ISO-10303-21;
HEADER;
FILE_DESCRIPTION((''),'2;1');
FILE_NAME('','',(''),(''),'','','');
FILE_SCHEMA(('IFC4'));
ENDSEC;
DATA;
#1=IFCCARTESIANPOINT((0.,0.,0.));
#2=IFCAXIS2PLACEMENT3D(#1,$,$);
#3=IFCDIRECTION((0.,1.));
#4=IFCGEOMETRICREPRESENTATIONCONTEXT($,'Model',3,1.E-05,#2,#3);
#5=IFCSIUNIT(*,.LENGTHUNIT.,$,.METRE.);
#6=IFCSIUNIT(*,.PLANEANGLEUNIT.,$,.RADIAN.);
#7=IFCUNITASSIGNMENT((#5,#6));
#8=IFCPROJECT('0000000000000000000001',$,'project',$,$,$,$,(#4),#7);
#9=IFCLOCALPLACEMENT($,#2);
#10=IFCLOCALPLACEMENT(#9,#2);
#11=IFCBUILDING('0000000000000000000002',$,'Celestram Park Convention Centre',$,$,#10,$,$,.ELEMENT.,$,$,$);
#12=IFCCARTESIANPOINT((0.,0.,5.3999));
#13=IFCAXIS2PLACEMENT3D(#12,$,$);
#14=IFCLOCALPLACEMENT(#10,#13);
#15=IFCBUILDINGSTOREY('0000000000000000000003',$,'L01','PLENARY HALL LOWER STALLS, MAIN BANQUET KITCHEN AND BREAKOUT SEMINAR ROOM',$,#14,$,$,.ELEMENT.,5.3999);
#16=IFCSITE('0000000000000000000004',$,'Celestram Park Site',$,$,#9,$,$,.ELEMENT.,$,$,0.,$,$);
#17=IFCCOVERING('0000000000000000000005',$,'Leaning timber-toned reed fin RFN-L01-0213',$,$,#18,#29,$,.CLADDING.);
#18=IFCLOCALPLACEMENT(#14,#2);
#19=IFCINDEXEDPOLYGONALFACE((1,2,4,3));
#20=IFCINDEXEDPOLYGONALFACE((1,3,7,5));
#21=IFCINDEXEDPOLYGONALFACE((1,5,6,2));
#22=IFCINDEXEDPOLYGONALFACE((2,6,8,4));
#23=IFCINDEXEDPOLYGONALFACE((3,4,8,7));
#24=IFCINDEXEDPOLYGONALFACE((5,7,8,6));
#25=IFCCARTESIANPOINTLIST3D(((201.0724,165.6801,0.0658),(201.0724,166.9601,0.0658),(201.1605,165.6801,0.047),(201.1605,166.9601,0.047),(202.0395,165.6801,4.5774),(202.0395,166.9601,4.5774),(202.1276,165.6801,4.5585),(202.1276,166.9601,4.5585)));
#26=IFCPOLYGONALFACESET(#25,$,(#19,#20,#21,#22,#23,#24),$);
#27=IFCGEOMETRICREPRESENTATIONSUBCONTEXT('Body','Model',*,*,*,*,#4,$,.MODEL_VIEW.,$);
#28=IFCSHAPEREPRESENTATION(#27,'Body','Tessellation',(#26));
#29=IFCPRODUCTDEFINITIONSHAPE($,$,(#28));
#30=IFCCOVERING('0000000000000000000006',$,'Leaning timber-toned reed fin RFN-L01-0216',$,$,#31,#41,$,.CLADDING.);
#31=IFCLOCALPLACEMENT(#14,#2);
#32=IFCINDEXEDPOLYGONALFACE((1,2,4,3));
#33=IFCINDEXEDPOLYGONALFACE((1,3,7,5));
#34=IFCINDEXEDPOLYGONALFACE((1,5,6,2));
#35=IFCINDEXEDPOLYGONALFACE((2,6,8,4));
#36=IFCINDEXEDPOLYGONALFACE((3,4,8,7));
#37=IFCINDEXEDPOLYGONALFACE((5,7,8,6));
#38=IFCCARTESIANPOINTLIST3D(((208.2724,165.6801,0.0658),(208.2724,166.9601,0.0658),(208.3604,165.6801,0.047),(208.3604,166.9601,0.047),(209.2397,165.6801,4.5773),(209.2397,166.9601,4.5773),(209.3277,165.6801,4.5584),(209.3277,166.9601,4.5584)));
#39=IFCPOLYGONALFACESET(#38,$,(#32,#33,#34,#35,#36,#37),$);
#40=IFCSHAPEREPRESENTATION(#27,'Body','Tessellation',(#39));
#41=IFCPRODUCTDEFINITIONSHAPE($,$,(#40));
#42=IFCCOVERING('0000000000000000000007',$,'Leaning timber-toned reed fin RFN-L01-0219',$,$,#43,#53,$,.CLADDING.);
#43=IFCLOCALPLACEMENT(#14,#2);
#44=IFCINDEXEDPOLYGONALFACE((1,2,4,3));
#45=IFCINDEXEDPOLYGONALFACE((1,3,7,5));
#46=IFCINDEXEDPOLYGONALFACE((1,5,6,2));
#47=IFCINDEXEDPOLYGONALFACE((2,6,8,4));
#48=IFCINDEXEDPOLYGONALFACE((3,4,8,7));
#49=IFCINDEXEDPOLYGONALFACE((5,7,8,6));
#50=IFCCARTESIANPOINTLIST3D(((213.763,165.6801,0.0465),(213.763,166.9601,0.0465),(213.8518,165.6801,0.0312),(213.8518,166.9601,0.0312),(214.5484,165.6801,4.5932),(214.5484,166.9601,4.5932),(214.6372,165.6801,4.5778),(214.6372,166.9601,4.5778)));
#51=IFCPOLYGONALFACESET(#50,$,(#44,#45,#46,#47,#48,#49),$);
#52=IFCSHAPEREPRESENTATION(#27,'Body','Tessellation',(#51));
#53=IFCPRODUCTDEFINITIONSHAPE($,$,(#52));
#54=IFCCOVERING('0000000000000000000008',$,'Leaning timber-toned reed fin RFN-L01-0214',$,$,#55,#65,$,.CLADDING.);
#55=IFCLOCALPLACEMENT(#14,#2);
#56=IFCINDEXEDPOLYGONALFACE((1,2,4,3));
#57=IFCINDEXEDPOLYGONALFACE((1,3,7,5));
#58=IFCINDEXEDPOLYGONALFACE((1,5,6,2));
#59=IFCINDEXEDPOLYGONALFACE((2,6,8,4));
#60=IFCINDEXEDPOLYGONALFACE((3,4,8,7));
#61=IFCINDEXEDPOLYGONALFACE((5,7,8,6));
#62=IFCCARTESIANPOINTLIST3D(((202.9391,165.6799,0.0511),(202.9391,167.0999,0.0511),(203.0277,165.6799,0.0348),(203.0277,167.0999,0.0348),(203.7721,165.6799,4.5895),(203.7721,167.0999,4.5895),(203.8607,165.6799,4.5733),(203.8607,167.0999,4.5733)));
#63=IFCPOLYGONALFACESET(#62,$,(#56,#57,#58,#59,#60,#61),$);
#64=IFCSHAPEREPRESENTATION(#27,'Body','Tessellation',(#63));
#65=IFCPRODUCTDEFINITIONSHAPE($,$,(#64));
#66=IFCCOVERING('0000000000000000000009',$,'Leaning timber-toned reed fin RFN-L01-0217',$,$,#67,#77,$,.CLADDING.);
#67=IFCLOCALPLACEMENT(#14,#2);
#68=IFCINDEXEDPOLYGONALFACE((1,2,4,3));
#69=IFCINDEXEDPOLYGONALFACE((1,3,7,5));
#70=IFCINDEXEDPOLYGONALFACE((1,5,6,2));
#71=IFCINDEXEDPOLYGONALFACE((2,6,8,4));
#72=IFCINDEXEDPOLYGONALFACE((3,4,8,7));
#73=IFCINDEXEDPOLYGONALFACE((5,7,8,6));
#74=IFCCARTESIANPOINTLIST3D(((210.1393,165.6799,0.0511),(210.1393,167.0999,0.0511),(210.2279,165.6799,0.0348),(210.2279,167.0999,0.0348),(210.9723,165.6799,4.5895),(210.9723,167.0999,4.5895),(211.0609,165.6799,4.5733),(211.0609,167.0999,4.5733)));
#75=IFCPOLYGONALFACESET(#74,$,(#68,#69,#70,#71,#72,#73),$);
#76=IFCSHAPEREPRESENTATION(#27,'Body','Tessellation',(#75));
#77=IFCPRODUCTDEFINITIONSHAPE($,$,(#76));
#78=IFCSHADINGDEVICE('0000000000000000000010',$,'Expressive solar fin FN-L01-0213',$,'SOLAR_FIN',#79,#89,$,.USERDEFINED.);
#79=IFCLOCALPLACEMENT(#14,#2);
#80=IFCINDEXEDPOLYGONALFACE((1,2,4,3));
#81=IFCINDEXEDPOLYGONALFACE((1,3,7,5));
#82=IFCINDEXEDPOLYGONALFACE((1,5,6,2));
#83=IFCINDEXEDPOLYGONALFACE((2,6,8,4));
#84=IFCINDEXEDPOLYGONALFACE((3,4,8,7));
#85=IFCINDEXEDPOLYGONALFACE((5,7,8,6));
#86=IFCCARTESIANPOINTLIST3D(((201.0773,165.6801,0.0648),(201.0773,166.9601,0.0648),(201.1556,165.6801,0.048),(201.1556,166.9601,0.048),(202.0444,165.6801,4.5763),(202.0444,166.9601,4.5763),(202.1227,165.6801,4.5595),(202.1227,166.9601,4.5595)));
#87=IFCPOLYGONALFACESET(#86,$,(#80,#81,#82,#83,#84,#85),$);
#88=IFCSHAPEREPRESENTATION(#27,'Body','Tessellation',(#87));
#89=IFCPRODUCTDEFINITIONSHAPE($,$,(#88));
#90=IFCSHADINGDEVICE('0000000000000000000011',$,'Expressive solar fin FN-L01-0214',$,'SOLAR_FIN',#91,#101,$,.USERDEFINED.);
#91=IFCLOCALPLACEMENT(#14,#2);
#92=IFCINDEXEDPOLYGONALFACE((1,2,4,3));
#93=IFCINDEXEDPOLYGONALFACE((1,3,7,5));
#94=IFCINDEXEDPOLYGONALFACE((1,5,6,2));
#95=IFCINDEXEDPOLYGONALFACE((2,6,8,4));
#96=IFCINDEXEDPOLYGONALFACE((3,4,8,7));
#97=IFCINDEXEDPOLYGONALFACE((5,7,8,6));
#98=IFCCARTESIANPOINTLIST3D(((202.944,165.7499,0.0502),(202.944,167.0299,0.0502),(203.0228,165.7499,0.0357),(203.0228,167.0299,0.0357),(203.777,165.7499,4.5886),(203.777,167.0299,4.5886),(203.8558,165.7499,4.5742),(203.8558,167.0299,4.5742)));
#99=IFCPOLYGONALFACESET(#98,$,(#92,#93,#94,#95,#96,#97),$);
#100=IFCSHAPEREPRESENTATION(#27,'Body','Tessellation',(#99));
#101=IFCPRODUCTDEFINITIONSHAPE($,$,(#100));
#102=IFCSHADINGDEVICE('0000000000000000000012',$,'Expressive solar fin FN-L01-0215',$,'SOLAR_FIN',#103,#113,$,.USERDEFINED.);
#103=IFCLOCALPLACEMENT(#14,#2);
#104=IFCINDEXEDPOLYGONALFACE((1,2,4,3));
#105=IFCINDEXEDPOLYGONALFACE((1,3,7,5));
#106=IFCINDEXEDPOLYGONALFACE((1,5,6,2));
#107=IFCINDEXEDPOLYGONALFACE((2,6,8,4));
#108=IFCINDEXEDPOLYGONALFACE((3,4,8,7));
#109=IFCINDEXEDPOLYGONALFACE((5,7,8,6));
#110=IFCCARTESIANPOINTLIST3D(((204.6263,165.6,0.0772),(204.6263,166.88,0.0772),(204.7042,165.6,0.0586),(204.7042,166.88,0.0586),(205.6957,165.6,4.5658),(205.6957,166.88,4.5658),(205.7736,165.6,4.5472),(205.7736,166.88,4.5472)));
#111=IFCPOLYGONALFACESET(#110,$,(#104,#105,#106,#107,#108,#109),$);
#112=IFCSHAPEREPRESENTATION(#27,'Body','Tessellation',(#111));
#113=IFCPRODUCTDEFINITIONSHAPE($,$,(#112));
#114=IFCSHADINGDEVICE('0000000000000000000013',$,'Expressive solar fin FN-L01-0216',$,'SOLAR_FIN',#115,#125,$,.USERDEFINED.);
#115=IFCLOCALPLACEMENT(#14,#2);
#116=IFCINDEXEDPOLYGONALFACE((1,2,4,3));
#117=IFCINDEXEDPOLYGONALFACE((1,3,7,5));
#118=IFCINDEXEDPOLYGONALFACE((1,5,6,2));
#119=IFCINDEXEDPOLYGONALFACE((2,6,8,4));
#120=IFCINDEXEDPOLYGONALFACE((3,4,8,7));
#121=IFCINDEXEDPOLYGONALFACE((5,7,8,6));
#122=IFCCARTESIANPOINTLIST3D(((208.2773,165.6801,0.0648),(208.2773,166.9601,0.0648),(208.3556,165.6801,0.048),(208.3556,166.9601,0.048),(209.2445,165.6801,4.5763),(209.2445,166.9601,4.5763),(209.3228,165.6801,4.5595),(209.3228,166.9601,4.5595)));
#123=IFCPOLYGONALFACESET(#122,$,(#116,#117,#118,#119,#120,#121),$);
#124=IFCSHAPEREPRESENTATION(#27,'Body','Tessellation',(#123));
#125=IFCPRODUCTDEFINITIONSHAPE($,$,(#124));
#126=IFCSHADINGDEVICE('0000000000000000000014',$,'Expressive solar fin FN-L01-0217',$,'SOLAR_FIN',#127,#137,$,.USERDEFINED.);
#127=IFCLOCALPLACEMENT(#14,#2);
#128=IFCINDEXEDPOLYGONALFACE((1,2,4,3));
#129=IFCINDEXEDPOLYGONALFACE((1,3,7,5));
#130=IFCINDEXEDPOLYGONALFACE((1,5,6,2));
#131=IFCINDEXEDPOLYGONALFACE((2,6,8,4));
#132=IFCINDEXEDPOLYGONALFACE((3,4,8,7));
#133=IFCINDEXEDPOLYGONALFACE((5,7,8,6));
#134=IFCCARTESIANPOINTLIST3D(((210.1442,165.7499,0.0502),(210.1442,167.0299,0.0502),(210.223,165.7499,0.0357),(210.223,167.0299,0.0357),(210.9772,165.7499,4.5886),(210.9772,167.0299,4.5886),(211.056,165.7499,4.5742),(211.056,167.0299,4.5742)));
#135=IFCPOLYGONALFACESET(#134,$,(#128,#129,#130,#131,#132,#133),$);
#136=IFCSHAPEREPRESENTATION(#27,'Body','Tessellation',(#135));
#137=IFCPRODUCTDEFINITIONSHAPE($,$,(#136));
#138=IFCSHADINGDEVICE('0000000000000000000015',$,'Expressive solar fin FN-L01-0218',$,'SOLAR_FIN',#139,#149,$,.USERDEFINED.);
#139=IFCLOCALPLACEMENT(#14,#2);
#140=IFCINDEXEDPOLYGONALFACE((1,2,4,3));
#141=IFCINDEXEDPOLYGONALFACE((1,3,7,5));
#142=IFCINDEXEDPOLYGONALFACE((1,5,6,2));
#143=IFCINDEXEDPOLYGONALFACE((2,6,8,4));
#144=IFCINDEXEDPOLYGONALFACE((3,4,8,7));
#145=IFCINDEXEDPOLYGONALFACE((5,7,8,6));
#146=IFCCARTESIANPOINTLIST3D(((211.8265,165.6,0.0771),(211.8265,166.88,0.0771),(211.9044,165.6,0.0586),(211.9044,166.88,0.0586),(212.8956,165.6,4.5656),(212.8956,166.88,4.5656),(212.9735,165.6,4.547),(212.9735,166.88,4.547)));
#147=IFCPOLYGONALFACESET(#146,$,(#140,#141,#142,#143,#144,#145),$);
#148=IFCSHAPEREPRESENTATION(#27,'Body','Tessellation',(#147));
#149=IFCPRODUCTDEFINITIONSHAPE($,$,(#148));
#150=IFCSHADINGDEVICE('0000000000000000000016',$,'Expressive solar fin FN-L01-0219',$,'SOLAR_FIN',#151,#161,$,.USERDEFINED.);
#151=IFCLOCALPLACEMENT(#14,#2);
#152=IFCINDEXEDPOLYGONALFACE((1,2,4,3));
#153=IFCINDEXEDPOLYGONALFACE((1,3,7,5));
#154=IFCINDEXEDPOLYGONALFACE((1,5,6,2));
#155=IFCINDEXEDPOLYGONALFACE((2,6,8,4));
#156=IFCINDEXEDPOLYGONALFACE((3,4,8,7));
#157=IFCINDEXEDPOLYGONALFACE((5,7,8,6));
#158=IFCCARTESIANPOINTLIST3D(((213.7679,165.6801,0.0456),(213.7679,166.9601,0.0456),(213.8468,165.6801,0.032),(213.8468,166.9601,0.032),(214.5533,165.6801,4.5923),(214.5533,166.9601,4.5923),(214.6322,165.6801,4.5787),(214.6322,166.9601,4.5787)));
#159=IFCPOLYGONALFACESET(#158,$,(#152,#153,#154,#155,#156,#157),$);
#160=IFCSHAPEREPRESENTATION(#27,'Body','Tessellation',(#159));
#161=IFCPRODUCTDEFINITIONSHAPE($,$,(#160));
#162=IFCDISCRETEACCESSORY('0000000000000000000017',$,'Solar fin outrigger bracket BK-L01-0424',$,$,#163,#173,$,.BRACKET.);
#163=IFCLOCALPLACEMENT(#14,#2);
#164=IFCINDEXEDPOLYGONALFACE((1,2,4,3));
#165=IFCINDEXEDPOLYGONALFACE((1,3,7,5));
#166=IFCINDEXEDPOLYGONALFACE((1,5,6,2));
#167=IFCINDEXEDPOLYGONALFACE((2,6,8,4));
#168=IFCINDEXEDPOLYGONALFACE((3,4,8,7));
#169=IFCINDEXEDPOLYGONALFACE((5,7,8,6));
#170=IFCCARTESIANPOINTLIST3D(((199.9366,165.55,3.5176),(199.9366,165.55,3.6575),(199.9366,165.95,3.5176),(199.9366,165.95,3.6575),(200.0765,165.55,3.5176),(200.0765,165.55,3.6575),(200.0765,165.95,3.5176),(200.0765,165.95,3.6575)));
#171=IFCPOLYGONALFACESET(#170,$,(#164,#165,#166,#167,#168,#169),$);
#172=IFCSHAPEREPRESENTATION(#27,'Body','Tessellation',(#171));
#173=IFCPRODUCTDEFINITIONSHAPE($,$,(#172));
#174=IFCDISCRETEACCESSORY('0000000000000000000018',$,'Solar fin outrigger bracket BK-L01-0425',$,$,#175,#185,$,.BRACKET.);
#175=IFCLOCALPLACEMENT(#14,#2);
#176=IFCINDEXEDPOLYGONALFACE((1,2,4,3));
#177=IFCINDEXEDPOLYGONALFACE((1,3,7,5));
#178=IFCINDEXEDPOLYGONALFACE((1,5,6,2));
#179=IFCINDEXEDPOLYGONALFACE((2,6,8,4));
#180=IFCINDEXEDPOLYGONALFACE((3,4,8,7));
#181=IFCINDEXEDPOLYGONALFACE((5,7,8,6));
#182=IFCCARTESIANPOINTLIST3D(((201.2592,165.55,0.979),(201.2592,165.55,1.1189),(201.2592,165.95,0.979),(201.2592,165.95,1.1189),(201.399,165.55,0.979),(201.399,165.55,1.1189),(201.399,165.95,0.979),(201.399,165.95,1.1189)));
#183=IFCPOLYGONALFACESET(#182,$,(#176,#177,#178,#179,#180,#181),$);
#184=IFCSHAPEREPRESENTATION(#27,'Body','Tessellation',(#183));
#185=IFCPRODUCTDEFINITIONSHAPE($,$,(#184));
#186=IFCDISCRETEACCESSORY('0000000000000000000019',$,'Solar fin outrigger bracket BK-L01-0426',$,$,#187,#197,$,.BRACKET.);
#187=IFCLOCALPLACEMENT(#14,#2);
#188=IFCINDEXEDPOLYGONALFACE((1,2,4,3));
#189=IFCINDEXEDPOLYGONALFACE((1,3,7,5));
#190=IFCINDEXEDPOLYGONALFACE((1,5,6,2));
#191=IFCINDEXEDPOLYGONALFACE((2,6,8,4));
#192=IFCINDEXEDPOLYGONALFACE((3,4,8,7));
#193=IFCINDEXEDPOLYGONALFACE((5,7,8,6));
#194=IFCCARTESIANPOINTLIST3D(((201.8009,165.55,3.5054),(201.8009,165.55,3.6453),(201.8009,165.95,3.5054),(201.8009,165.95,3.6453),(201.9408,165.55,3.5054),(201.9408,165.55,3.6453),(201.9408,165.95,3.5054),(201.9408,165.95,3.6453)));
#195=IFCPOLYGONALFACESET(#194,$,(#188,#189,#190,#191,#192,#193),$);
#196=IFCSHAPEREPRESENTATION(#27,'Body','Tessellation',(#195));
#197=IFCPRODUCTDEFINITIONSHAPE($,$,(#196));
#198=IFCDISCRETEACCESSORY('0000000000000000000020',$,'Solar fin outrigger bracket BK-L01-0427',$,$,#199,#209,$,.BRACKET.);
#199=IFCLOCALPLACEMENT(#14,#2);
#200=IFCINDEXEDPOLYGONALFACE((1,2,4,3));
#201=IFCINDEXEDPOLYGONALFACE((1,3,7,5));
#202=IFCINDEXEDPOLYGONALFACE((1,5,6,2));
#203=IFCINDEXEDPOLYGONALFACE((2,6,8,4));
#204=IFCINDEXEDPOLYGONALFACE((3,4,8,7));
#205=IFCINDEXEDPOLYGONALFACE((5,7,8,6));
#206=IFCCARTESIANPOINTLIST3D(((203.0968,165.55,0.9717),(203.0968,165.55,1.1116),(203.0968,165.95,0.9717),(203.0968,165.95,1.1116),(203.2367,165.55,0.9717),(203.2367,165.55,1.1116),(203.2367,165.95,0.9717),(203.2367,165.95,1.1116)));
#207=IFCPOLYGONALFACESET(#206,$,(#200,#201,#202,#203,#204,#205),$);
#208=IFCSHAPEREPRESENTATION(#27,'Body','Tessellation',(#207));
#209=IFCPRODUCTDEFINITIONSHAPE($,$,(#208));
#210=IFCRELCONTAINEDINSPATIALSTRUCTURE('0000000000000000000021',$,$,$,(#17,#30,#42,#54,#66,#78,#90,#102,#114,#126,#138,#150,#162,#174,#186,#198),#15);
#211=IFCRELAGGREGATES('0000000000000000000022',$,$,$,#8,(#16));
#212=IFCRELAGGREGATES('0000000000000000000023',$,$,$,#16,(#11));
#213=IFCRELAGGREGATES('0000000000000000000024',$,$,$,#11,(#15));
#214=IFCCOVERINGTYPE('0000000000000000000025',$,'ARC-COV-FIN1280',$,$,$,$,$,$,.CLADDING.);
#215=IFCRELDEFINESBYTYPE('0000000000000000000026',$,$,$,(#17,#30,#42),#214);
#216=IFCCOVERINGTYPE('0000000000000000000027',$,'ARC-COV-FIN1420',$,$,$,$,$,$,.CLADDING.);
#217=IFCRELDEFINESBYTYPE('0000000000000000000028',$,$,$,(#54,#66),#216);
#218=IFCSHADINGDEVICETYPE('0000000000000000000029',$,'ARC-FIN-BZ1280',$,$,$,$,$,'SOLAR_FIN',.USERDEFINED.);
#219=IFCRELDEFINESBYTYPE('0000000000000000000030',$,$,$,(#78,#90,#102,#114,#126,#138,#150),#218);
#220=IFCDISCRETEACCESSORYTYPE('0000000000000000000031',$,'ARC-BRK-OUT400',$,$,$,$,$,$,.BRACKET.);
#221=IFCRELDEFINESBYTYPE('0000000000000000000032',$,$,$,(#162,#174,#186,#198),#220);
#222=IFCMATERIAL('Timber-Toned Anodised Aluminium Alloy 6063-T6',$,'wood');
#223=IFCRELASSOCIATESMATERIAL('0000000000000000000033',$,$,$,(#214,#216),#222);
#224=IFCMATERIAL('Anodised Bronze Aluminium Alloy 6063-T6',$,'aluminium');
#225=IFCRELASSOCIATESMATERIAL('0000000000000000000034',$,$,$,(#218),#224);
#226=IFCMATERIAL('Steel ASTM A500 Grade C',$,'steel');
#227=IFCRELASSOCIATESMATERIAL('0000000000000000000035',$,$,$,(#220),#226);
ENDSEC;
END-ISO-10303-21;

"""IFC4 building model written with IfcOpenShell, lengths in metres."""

from ifc_helpers import new_model, si_unit, direction, frame, origin, origin_2d, place, context, subcontext, project, spatial, rectangle, extrude, material, material_profile, profile_set, type_object, element, save


model = new_model("IFC4")

# Units and contexts
model_context = context("Model", 3, precision=1e-05, world=origin(), true_north=direction((0.0, 1.0)))
body_context = subcontext(model_context, "Body", "Model", "MODEL_VIEW")
ifc_project = project(units=[si_unit("LENGTHUNIT", "METRE"), si_unit("PLANEANGLEUNIT", "RADIAN")], contexts=[model_context])

# Site, building, storey
site_placement = place(None, origin())
site = spatial("IfcSite", under=ifc_project, at=site_placement, Name="Celestram Park Site", CompositionType="ELEMENT", RefElevation=0.0)
building_placement = place(site_placement, origin())
building = spatial("IfcBuilding", under=site, at=building_placement, Name="Celestram Park Convention Centre", CompositionType="ELEMENT")
storey_placement = place(building_placement, frame((0.0, 0.0, 5.3999)))
storey = spatial("IfcBuildingStorey", under=building, at=storey_placement, Name="L01", Description="PLENARY HALL LOWER STALLS, MAIN BANQUET KITCHEN AND BREAKOUT SEMINAR ROOM", CompositionType="ELEMENT", Elevation=5.3999)

# Coverings
ifc_material_1 = material(Name="Timber-Toned Anodised Aluminium Alloy 6063-T6", Category="wood")
ifc_material_profile_1 = material_profile(ifc_material_1, rectangle(XDim=1.28, YDim=0.0901, at=origin_2d()), Name="REED1280X90")
ifc_profile_set_1 = profile_set([ifc_material_profile_1], Name="Timber-Toned Anodised Aluminium Alloy 6063-T6")
covering_type_1 = type_object("IfcCoveringType", Name="ARC-COV-FIN1280", PredefinedType="CLADDING", material=ifc_profile_set_1)
for number, where, z_axis, x_axis, name in (
    (1, (201.1165, 166.3201, 0.0564), (0.209591, 0.0, 0.977789), (0.0, 1.0, 0.0), "Leaning timber-toned reed fin RFN-L01-0213"),
    (2, (208.3164, 166.3201, 0.0564), (0.209641, 0.0, 0.977778), (0.0, 1.0, 0.0), "Leaning timber-toned reed fin RFN-L01-0216"),
    (3, (213.8074, 166.3201, 0.0388), (0.170222, 0.0, 0.985406), (0.0, 1.0, 0.0), "Leaning timber-toned reed fin RFN-L01-0219"),
):
    element("IfcCovering", number, at=place(storey_placement, frame(where, z_axis=z_axis, x_axis=x_axis)), inside=storey, type_object=covering_type_1, Name=name, PredefinedType="CLADDING", context=body_context, shape_type="SweptSolid", body=[
        extrude(rectangle(XDim=1.28, YDim=0.0901, at=origin_2d()), origin(), (0.0, 0.0, 1.0), 4.614),
    ])
ifc_material_profile_2 = material_profile(ifc_material_1, rectangle(XDim=1.4199, YDim=0.0901, at=origin_2d()), Name="REED1420X90")
ifc_profile_set_2 = profile_set([ifc_material_profile_2], Name="Timber-Toned Anodised Aluminium Alloy 6063-T6")
covering_type_2 = type_object("IfcCoveringType", Name="ARC-COV-FIN1420", PredefinedType="CLADDING", material=ifc_profile_set_2)
for number, where, z_axis, x_axis, name in (
    (4, (202.9834, 166.3899, 0.043), (0.180533, 0.0, 0.983569), (0.0, 1.0, 0.0), "Leaning timber-toned reed fin RFN-L01-0214"),
    (5, (210.1836, 166.3899, 0.043), (0.180533, 0.0, 0.983569), (0.0, 1.0, 0.0), "Leaning timber-toned reed fin RFN-L01-0217"),
):
    element("IfcCovering", number, at=place(storey_placement, frame(where, z_axis=z_axis, x_axis=x_axis)), inside=storey, type_object=covering_type_2, Name=name, PredefinedType="CLADDING", context=body_context, shape_type="SweptSolid", body=[
        extrude(rectangle(XDim=1.4199, YDim=0.0901, at=origin_2d()), origin(), (0.0, 0.0, 1.0), 4.6143),
    ])

# Shading devices
ifc_material_2 = material(Name="Anodised Bronze Aluminium Alloy 6063-T6", Category="aluminium")
ifc_material_profile_3 = material_profile(ifc_material_2, rectangle(XDim=1.28, YDim=0.0801, at=origin_2d()), Name="FIN1280X80")
ifc_profile_set_3 = profile_set([ifc_material_profile_3], Name="Anodised Bronze Aluminium Alloy 6063-T6")
shading_device_type = type_object("IfcShadingDeviceType", Name="ARC-FIN-BZ1280", ElementType="SOLAR_FIN", PredefinedType="USERDEFINED", material=ifc_profile_set_3)
shading_device_1_placement = place(storey_placement, frame((201.1165, 166.3201, 0.0564), z_axis=(0.209591, 0.0, 0.977789), x_axis=(0.0, 1.0, 0.0)))
element("IfcShadingDevice", 6, at=shading_device_1_placement, inside=storey, type_object=shading_device_type, Name="Expressive solar fin FN-L01-0213", ObjectType="SOLAR_FIN", PredefinedType="USERDEFINED", context=body_context, shape_type="SweptSolid", body=[
    extrude(rectangle(XDim=1.28, YDim=0.0801, at=origin_2d()), origin(), (0.0, 0.0, 1.0), 4.614),
])
for number, where, z_axis, x_axis, name in (
    (7, (202.9834, 166.3899, 0.043), (0.180533, 0.0, 0.983569), (0.0, 1.0, 0.0), "Expressive solar fin FN-L01-0214"),
    (8, (204.6653, 166.24, 0.0679), (0.231752, 0.0, 0.972775), (0.0, 1.0, 0.0), "Expressive solar fin FN-L01-0215"),
):
    element("IfcShadingDevice", number, at=place(storey_placement, frame(where, z_axis=z_axis, x_axis=x_axis)), inside=storey, type_object=shading_device_type, Name=name, ObjectType="SOLAR_FIN", PredefinedType="USERDEFINED", context=body_context, shape_type="SweptSolid", body=[
        extrude(rectangle(XDim=1.28, YDim=0.0801, at=origin_2d()), origin(), (0.0, 0.0, 1.0), 4.6143),
    ])
shading_device_2_placement = place(storey_placement, frame((208.3164, 166.3201, 0.0564), z_axis=(0.209641, 0.0, 0.977778), x_axis=(0.0, 1.0, 0.0)))
element("IfcShadingDevice", 9, at=shading_device_2_placement, inside=storey, type_object=shading_device_type, Name="Expressive solar fin FN-L01-0216", ObjectType="SOLAR_FIN", PredefinedType="USERDEFINED", context=body_context, shape_type="SweptSolid", body=[
    extrude(rectangle(XDim=1.28, YDim=0.0801, at=origin_2d()), origin(), (0.0, 0.0, 1.0), 4.614),
])
shading_device_3_placement = place(storey_placement, frame((210.1836, 166.3899, 0.043), z_axis=(0.180533, 0.0, 0.983569), x_axis=(0.0, 1.0, 0.0)))
element("IfcShadingDevice", 10, at=shading_device_3_placement, inside=storey, type_object=shading_device_type, Name="Expressive solar fin FN-L01-0217", ObjectType="SOLAR_FIN", PredefinedType="USERDEFINED", context=body_context, shape_type="SweptSolid", body=[
    extrude(rectangle(XDim=1.28, YDim=0.0801, at=origin_2d()), origin(), (0.0, 0.0, 1.0), 4.6143),
])
for number, where, z_axis, x_axis, name in (
    (11, (211.8655, 166.24, 0.0679), (0.231702, 0.0, 0.972787), (0.0, 1.0, 0.0), "Expressive solar fin FN-L01-0218"),
    (12, (213.8074, 166.3201, 0.0388), (0.170222, 0.0, 0.985406), (0.0, 1.0, 0.0), "Expressive solar fin FN-L01-0219"),
):
    element("IfcShadingDevice", number, at=place(storey_placement, frame(where, z_axis=z_axis, x_axis=x_axis)), inside=storey, type_object=shading_device_type, Name=name, ObjectType="SOLAR_FIN", PredefinedType="USERDEFINED", context=body_context, shape_type="SweptSolid", body=[
        extrude(rectangle(XDim=1.28, YDim=0.0801, at=origin_2d()), origin(), (0.0, 0.0, 1.0), 4.614),
    ])

# Discrete accessories
ifc_material_3 = material(Name="Steel ASTM A500 Grade C", Category="steel")
discrete_accessory_type = type_object("IfcDiscreteAccessoryType", Name="ARC-BRK-OUT400", PredefinedType="BRACKET", material=ifc_material_3)
for number, where, z_axis, x_axis, name in (
    (13, (200.0066, 165.75, 3.5176), (0.0, 0.0, 1.0), (0.0, 1.0, 0.0), "Solar fin outrigger bracket BK-L01-0424"),
    (14, (201.3291, 165.75, 0.979), (0.0, 0.0, 1.0), (0.0, 1.0, 0.0), "Solar fin outrigger bracket BK-L01-0425"),
    (15, (201.8708, 165.75, 3.5054), (0.0, 0.0, 1.0), (0.0, 1.0, 0.0), "Solar fin outrigger bracket BK-L01-0426"),
    (16, (203.1667, 165.75, 0.9717), (0.0, 0.0, 1.0), (0.0, 1.0, 0.0), "Solar fin outrigger bracket BK-L01-0427"),
):
    element("IfcDiscreteAccessory", number, at=place(storey_placement, frame(where, z_axis=z_axis, x_axis=x_axis)), inside=storey, type_object=discrete_accessory_type, Name=name, PredefinedType="BRACKET", context=body_context, shape_type="SweptSolid", body=[
        extrude(rectangle(XDim=0.3999, YDim=0.1399, at=origin_2d()), origin(), (0.0, 0.0, 1.0), 0.1399),
    ])

save(model, "model.ifc")
